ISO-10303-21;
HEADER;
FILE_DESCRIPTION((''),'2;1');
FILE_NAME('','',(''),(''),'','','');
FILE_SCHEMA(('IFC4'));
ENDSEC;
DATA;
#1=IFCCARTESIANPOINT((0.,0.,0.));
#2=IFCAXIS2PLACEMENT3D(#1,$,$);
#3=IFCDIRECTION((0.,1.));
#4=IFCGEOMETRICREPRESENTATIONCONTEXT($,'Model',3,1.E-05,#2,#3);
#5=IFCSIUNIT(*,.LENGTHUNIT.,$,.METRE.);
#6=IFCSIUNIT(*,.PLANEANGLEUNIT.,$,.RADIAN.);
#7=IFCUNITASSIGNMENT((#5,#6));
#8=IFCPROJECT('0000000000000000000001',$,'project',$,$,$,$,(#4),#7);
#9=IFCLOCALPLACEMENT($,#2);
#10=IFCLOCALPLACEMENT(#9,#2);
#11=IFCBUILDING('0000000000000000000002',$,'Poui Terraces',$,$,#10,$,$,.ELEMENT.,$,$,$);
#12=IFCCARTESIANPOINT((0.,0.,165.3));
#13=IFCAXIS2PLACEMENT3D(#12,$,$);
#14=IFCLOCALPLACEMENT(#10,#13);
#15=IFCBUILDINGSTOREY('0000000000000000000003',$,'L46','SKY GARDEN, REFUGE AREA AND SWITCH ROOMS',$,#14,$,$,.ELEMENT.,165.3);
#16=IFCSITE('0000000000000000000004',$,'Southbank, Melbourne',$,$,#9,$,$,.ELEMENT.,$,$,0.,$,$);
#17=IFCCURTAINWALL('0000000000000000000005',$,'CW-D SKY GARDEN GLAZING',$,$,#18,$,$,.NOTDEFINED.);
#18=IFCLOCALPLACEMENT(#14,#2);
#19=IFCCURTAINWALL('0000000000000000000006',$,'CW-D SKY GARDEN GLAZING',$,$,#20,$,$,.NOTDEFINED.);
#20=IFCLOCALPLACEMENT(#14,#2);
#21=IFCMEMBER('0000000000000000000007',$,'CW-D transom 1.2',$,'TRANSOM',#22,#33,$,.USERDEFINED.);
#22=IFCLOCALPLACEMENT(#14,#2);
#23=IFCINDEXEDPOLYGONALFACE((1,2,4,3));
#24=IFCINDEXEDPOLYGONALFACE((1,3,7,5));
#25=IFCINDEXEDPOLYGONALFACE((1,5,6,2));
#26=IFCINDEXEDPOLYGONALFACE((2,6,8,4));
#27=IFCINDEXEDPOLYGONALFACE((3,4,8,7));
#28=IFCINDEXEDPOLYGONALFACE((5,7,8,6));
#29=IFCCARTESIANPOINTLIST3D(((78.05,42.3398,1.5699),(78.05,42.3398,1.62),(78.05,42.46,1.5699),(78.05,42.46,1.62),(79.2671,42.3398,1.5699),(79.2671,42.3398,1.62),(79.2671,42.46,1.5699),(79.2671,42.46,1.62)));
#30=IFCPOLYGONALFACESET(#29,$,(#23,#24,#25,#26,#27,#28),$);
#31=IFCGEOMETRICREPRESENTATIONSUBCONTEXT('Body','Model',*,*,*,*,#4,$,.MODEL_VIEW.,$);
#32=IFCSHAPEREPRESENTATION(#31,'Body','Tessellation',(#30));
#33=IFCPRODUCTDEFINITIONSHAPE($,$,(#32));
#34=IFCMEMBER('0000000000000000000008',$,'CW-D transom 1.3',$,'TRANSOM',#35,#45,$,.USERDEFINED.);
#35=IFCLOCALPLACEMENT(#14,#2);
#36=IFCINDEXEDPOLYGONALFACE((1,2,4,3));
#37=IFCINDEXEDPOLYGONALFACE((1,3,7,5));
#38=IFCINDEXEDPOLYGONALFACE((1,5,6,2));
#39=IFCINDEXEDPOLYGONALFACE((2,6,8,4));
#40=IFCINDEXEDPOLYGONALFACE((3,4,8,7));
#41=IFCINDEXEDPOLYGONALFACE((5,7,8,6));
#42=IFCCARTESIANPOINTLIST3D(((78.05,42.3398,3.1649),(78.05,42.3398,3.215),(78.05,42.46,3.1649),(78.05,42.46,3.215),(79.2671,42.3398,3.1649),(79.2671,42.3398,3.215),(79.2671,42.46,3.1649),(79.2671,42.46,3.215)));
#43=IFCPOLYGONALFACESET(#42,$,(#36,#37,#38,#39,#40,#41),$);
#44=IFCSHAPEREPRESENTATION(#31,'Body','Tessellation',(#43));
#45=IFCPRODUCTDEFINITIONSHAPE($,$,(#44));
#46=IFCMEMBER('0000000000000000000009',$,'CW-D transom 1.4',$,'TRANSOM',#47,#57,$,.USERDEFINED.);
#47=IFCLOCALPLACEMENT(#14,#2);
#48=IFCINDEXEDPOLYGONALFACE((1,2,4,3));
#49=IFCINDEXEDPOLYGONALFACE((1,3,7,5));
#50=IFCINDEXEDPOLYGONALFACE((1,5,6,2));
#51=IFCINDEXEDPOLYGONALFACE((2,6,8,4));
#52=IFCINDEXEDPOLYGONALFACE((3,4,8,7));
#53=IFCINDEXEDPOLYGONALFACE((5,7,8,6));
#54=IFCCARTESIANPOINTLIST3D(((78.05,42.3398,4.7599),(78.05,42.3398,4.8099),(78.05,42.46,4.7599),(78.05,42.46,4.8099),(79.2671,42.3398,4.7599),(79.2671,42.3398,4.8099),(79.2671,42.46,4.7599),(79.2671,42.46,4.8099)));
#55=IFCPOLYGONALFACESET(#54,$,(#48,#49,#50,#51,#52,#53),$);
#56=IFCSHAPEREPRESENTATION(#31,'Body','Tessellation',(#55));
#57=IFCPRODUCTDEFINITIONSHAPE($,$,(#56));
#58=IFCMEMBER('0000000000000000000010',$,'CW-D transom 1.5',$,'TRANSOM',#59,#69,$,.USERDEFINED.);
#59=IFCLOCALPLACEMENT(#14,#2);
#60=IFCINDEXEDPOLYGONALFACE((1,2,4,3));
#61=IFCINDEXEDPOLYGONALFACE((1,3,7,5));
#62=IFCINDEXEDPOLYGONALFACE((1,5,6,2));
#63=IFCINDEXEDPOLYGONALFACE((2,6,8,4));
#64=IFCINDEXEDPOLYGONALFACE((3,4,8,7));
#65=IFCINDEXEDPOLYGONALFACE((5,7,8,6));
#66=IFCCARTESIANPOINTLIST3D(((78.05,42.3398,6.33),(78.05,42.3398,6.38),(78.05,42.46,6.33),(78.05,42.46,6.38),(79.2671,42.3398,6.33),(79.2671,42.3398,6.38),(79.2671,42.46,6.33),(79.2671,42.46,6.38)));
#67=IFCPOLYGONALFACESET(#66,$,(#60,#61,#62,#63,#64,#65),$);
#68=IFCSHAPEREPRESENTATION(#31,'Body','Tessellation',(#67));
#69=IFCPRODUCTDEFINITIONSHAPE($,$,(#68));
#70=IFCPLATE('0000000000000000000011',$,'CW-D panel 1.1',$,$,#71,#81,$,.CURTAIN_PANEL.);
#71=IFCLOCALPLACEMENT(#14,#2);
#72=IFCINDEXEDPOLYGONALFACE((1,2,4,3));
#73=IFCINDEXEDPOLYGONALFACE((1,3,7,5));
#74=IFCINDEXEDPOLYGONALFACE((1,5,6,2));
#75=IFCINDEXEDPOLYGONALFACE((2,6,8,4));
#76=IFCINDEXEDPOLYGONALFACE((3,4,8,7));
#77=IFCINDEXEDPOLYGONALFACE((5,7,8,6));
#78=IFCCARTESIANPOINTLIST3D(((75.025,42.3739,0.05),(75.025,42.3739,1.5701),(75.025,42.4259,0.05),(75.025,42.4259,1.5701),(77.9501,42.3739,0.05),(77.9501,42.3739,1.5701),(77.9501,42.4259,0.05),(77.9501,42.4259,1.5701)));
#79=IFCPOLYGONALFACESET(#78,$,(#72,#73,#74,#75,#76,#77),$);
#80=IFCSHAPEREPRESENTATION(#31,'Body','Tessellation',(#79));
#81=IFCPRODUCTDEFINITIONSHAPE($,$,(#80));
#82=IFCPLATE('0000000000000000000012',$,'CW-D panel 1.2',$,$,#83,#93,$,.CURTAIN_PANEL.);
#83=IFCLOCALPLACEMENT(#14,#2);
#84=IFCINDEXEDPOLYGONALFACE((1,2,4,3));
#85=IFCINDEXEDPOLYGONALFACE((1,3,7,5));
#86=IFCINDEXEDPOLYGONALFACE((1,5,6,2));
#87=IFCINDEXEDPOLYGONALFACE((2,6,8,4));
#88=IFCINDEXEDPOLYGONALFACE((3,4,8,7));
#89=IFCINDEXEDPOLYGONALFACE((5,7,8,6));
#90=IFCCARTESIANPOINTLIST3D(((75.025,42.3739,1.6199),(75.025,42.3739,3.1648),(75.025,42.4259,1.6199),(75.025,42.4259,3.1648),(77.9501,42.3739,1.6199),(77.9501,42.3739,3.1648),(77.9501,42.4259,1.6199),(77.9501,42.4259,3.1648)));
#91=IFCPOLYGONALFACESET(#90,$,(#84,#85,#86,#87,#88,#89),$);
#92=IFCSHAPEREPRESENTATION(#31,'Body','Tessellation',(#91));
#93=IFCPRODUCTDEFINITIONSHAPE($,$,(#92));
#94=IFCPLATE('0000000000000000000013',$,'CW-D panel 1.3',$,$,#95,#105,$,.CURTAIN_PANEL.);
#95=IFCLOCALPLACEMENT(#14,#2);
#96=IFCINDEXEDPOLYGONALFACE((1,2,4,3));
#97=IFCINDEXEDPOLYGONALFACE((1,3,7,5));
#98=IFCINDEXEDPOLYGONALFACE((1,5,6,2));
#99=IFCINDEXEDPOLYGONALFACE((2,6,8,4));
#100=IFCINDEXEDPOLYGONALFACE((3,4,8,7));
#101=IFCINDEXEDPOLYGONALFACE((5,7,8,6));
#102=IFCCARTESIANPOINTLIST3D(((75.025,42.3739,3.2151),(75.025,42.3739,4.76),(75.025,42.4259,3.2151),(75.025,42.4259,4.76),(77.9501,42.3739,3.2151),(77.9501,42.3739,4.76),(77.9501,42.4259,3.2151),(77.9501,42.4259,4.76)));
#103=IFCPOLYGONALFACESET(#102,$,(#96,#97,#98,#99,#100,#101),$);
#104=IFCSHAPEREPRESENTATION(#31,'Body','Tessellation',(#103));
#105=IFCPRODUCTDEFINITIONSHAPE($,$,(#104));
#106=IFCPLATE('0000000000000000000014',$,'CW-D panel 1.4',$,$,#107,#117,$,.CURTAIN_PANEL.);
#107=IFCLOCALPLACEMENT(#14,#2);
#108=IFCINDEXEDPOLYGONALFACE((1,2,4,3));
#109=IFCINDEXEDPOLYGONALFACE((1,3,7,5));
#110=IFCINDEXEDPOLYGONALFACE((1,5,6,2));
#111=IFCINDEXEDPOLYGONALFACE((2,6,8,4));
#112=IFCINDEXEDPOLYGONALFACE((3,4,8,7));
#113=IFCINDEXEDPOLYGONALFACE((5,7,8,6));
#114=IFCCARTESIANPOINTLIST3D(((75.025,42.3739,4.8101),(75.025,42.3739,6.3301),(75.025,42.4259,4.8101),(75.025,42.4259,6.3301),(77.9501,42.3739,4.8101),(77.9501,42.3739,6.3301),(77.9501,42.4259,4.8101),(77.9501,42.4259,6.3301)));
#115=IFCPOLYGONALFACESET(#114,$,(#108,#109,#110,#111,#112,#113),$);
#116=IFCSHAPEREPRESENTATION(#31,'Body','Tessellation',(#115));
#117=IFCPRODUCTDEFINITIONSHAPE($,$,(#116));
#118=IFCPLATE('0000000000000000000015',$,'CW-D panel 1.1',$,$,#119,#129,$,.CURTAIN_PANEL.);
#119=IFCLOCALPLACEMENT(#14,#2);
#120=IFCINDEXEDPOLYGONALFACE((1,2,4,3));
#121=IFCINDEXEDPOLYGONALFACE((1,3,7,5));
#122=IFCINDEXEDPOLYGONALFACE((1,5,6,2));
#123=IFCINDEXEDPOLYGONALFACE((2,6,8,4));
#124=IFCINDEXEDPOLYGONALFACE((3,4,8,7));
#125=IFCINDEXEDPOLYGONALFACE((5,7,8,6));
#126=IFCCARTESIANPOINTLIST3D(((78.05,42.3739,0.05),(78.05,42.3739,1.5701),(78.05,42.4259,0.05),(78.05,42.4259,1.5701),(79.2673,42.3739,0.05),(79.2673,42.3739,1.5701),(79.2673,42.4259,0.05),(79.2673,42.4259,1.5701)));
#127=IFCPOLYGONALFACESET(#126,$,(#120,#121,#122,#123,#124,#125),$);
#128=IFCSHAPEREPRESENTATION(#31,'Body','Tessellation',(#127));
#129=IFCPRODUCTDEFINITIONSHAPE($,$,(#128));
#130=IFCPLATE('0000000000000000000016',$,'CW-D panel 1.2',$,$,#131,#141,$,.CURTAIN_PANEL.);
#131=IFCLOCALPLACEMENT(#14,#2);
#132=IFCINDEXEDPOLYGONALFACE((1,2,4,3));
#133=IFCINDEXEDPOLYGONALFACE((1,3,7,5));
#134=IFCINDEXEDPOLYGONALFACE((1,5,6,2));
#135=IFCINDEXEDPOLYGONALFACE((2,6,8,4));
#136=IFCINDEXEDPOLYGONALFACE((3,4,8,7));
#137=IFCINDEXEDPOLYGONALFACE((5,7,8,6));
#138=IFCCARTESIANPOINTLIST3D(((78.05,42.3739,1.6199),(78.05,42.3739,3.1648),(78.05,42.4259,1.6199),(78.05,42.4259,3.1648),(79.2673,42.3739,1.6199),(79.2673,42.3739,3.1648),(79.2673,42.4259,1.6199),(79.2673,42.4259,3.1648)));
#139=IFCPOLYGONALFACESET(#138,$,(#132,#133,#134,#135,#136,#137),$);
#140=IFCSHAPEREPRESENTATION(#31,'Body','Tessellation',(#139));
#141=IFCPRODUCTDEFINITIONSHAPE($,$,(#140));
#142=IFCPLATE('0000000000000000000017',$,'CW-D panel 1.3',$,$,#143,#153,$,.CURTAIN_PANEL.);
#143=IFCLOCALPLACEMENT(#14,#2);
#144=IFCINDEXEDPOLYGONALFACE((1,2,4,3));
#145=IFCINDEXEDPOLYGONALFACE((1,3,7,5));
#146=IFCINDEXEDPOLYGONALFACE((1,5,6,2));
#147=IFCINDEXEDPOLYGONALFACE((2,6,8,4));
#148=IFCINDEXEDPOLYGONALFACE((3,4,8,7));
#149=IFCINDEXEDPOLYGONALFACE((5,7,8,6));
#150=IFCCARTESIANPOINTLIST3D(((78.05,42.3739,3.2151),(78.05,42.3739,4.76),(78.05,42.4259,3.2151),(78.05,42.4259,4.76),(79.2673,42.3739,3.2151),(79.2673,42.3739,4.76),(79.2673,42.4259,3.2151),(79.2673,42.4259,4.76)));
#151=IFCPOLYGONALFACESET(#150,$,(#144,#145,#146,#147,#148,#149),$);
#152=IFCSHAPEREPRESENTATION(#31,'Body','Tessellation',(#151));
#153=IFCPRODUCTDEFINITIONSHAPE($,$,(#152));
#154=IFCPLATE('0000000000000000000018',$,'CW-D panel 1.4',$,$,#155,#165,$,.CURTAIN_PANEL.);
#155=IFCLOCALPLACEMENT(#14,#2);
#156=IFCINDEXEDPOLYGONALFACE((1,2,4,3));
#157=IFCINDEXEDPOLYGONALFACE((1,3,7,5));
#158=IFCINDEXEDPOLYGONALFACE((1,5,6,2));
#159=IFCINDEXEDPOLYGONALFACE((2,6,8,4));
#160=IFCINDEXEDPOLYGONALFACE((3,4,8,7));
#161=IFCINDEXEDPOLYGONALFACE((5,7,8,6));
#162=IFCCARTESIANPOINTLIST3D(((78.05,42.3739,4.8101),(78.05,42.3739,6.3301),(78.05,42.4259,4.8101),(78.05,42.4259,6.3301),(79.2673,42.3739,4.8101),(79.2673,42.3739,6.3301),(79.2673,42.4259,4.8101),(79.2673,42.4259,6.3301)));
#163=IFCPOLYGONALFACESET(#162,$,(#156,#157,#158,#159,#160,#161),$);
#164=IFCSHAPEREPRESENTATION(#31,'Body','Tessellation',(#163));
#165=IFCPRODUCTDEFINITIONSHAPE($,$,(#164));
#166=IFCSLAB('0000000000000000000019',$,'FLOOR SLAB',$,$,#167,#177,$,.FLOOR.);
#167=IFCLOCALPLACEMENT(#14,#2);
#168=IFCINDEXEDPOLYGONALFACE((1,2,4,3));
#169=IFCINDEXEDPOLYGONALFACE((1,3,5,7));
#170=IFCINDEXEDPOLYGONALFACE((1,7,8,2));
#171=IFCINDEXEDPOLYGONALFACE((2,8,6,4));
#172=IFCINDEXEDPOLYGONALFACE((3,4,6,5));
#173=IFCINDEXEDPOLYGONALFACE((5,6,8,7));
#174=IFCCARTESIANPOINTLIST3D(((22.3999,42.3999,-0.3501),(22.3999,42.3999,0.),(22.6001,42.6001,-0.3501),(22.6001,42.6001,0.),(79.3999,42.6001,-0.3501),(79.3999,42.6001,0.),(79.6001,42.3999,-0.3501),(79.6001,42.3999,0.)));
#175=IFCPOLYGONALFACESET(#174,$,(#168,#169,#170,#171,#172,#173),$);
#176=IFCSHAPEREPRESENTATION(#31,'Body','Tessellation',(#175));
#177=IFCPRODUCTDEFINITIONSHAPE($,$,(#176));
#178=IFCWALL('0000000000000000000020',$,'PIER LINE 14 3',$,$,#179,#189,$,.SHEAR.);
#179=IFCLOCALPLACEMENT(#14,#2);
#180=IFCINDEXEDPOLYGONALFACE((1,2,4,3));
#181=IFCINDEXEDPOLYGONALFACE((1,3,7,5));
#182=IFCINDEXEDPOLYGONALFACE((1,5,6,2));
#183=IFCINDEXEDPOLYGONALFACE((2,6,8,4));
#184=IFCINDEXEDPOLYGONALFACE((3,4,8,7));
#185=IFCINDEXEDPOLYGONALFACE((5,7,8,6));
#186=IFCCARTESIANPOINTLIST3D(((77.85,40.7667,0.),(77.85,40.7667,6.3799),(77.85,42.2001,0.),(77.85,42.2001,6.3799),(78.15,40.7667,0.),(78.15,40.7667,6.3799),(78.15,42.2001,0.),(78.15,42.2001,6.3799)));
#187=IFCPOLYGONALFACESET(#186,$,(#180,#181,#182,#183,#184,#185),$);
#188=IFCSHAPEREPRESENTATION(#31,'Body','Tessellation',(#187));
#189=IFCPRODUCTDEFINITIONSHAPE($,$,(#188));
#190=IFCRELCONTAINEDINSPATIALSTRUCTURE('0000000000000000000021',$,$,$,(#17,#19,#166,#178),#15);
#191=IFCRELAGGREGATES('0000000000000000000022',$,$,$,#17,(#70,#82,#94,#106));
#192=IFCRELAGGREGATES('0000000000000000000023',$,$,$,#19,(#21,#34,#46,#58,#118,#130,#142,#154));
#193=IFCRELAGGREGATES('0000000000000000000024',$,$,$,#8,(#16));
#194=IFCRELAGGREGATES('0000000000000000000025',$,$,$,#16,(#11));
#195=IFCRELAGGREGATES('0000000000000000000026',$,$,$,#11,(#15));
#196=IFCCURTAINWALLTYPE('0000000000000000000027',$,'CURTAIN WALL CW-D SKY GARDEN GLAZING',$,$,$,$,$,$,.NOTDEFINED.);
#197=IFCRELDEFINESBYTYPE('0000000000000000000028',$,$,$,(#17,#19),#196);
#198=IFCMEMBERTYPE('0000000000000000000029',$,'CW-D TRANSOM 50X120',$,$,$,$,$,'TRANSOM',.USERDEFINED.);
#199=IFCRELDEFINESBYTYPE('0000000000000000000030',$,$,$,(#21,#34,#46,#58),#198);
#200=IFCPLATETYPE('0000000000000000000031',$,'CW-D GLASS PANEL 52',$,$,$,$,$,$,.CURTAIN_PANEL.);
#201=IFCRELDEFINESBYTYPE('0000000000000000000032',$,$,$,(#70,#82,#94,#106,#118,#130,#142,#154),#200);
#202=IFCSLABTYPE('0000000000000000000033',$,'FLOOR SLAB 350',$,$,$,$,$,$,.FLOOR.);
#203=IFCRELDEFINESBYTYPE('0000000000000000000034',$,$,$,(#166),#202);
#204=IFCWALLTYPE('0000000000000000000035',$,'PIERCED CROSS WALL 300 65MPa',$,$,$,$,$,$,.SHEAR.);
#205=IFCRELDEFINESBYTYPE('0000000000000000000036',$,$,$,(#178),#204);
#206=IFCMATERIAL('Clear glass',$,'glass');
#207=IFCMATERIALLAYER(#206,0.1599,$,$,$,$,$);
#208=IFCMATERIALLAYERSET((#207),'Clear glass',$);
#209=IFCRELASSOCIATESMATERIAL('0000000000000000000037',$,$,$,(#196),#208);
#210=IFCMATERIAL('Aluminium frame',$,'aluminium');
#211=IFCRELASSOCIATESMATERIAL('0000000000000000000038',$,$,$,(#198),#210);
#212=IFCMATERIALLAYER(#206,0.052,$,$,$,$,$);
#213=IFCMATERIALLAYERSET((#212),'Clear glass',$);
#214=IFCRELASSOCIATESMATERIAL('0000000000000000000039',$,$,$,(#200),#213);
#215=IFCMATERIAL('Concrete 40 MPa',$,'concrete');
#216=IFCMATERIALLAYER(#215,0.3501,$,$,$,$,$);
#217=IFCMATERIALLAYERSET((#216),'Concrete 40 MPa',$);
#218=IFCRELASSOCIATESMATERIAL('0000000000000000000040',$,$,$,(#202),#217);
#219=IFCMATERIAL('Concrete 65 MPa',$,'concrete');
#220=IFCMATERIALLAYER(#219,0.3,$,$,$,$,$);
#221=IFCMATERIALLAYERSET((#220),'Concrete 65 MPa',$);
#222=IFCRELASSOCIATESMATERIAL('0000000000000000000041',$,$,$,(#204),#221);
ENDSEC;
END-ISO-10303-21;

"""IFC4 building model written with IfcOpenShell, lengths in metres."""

from ifc_helpers import new_model, si_unit, direction, frame, frame_2d, origin, origin_2d, place, context, subcontext, project, spatial, polyline, rectangle, outline, extrude, source, transform, mapped, material, layer, layer_set, material_profile, profile_set, type_object, element, aggregate, save


model = new_model("IFC4")

# Units and contexts
model_context = context("Model", 3, precision=1e-05, world=origin(), true_north=direction((0.0, 1.0)))
body_context = subcontext(model_context, "Body", "Model", "MODEL_VIEW")
ifc_project = project(units=[si_unit("LENGTHUNIT", "METRE"), si_unit("PLANEANGLEUNIT", "RADIAN")], contexts=[model_context])

# Site, building, storey
site_placement = place(None, origin())
site = spatial("IfcSite", under=ifc_project, at=site_placement, Name="Southbank, Melbourne", CompositionType="ELEMENT", RefElevation=0.0)
building_placement = place(site_placement, origin())
building = spatial("IfcBuilding", under=site, at=building_placement, Name="Poui Terraces", CompositionType="ELEMENT")
storey_placement = place(building_placement, frame((0.0, 0.0, 165.3)))
storey = spatial("IfcBuildingStorey", under=building, at=storey_placement, Name="L46", Description="SKY GARDEN, REFUGE AREA AND SWITCH ROOMS", CompositionType="ELEMENT", Elevation=165.3)

# Curtain walls
ifc_material_1 = material(Name="Clear glass", Category="glass")
ifc_layer_1 = layer(ifc_material_1, 0.1599)
ifc_layer_set_1 = layer_set([ifc_layer_1], Name="Clear glass")
curtain_wall_type = type_object("IfcCurtainWallType", Name="CURTAIN WALL CW-D SKY GARDEN GLAZING", PredefinedType="NOTDEFINED", material=ifc_layer_set_1)
curtain_wall_1_placement = place(storey_placement, origin())
curtain_wall_1 = element("IfcCurtainWall", 1, at=curtain_wall_1_placement, inside=storey, type_object=curtain_wall_type, Name="CW-D SKY GARDEN GLAZING", PredefinedType="NOTDEFINED")
ifc_material_2 = material(Name="Aluminium frame", Category="aluminium")
curtain_wall_2_placement = place(storey_placement, origin())
curtain_wall_2 = element("IfcCurtainWall", 2, at=curtain_wall_2_placement, inside=storey, type_object=curtain_wall_type, Name="CW-D SKY GARDEN GLAZING", PredefinedType="NOTDEFINED")

# Members
ifc_material_profile_1 = material_profile(ifc_material_2, rectangle(XDim=0.1201, YDim=0.05, at=origin_2d()), Name="CW-D TRANSOM 50X120")
ifc_profile_set_1 = profile_set([ifc_material_profile_1], Name="Aluminium frame")
member_type_1 = type_object("IfcMemberType", Name="CW-D TRANSOM 50X120", ElementType="TRANSOM", PredefinedType="USERDEFINED", material=ifc_profile_set_1)
member_1_placement = place(storey_placement, frame((79.2671, 42.3999, 1.595), z_axis=(-1.0, 0.0, 0.0), x_axis=(0.0, -1.0, 0.0)))
member_1 = element("IfcMember", 3, at=member_1_placement, type_object=member_type_1, Name="CW-D transom 1.2", ObjectType="TRANSOM", PredefinedType="USERDEFINED", context=body_context, shape_type="SweptSolid", body=[
    extrude(rectangle(XDim=0.1201, YDim=0.05, at=origin_2d()), origin(), (0.0, 0.0, 1.0), 1.217),
])
member_2_placement = place(storey_placement, frame((79.2671, 42.3999, 3.1899), z_axis=(-1.0, 0.0, 0.0), x_axis=(0.0, -1.0, 0.0)))
member_2 = element("IfcMember", 4, at=member_2_placement, type_object=member_type_1, Name="CW-D transom 1.3", ObjectType="TRANSOM", PredefinedType="USERDEFINED", context=body_context, shape_type="SweptSolid", body=[
    extrude(rectangle(XDim=0.1201, YDim=0.05, at=origin_2d()), origin(), (0.0, 0.0, 1.0), 1.217),
])
member_3_placement = place(storey_placement, frame((79.2671, 42.3999, 4.7849), z_axis=(-1.0, 0.0, 0.0), x_axis=(0.0, -1.0, 0.0)))
member_3 = element("IfcMember", 5, at=member_3_placement, type_object=member_type_1, Name="CW-D transom 1.4", ObjectType="TRANSOM", PredefinedType="USERDEFINED", context=body_context, shape_type="SweptSolid", body=[
    extrude(rectangle(XDim=0.1201, YDim=0.05, at=origin_2d()), origin(), (0.0, 0.0, 1.0), 1.217),
])
member_4_placement = place(storey_placement, frame((79.2671, 42.3999, 6.355), z_axis=(-1.0, 0.0, 0.0), x_axis=(0.0, -1.0, 0.0)))
member_4 = element("IfcMember", 6, at=member_4_placement, type_object=member_type_1, Name="CW-D transom 1.5", ObjectType="TRANSOM", PredefinedType="USERDEFINED", context=body_context, shape_type="SweptSolid", body=[
    extrude(rectangle(XDim=0.1201, YDim=0.05, at=origin_2d()), origin(), (0.0, 0.0, 1.0), 1.217),
])

# Plates
ifc_layer_2 = layer(ifc_material_1, 0.052)
ifc_layer_set_2 = layer_set([ifc_layer_2], Name="Clear glass")
plate_type = type_object("IfcPlateType", Name="CW-D GLASS PANEL 52", PredefinedType="CURTAIN_PANEL", material=ifc_layer_set_2)
plate_1_placement = place(storey_placement, frame((76.4875, 42.3999, 0.05), z_axis=(0.0, 0.0, 1.0), x_axis=(-1.0, 0.0, 0.0)))
plate_1 = element("IfcPlate", 7, at=plate_1_placement, type_object=plate_type, Name="CW-D panel 1.1", PredefinedType="CURTAIN_PANEL", context=body_context, shape_type="SweptSolid", body=[
    extrude(rectangle(XDim=2.925, YDim=0.052, at=origin_2d()), origin(), (0.0, 0.0, 1.0), 1.52),
])
plate_2_placement = place(storey_placement, frame((76.4875, 42.3999, 1.6199), z_axis=(0.0, 0.0, 1.0), x_axis=(-1.0, 0.0, 0.0)))
plate_2 = element("IfcPlate", 8, at=plate_2_placement, type_object=plate_type, Name="CW-D panel 1.2", PredefinedType="CURTAIN_PANEL", context=body_context, shape_type="SweptSolid", body=[
    extrude(rectangle(XDim=2.925, YDim=0.052, at=origin_2d()), origin(), (0.0, 0.0, 1.0), 1.5449),
])
plate_3_placement = place(storey_placement, frame((76.4875, 42.3999, 3.2151), z_axis=(0.0, 0.0, 1.0), x_axis=(-1.0, 0.0, 0.0)))
plate_3 = element("IfcPlate", 9, at=plate_3_placement, type_object=plate_type, Name="CW-D panel 1.3", PredefinedType="CURTAIN_PANEL", context=body_context, shape_type="SweptSolid", body=[
    extrude(rectangle(XDim=2.925, YDim=0.052, at=origin_2d()), origin(), (0.0, 0.0, 1.0), 1.5449),
])
plate_4_placement = place(storey_placement, frame((76.4875, 42.3999, 4.8101), z_axis=(0.0, 0.0, 1.0), x_axis=(-1.0, 0.0, 0.0)))
plate_4 = element("IfcPlate", 10, at=plate_4_placement, type_object=plate_type, Name="CW-D panel 1.4", PredefinedType="CURTAIN_PANEL", context=body_context, shape_type="SweptSolid", body=[
    extrude(rectangle(XDim=2.925, YDim=0.052, at=origin_2d()), origin(), (0.0, 0.0, 1.0), 1.52),
])
aggregate(curtain_wall_1, [plate_1, plate_2, plate_3, plate_4])
plate_5_placement = place(storey_placement, frame((78.6587, 42.3999, 0.05), z_axis=(0.0, 0.0, 1.0), x_axis=(-1.0, 0.0, 0.0)))
plate_5 = element("IfcPlate", 11, at=plate_5_placement, type_object=plate_type, Name="CW-D panel 1.1", PredefinedType="CURTAIN_PANEL", context=body_context, shape_type="SweptSolid", body=[
    extrude(rectangle(XDim=1.2173, YDim=0.052, at=origin_2d()), origin(), (0.0, 0.0, 1.0), 1.52),
])
plate_6_placement = place(storey_placement, frame((78.6587, 42.3999, 1.6199), z_axis=(0.0, 0.0, 1.0), x_axis=(-1.0, 0.0, 0.0)))
plate_6 = element("IfcPlate", 12, at=plate_6_placement, type_object=plate_type, Name="CW-D panel 1.2", PredefinedType="CURTAIN_PANEL", context=body_context, shape_type="SweptSolid", body=[
    extrude(rectangle(XDim=1.2173, YDim=0.052, at=origin_2d()), origin(), (0.0, 0.0, 1.0), 1.5449),
])
plate_7_placement = place(storey_placement, frame((78.6587, 42.3999, 3.2151), z_axis=(0.0, 0.0, 1.0), x_axis=(-1.0, 0.0, 0.0)))
plate_7 = element("IfcPlate", 13, at=plate_7_placement, type_object=plate_type, Name="CW-D panel 1.3", PredefinedType="CURTAIN_PANEL", context=body_context, shape_type="SweptSolid", body=[
    extrude(rectangle(XDim=1.2173, YDim=0.052, at=origin_2d()), origin(), (0.0, 0.0, 1.0), 1.5449),
])
plate_8_placement = place(storey_placement, frame((78.6587, 42.3999, 4.8101), z_axis=(0.0, 0.0, 1.0), x_axis=(-1.0, 0.0, 0.0)))
plate_8 = element("IfcPlate", 14, at=plate_8_placement, type_object=plate_type, Name="CW-D panel 1.4", PredefinedType="CURTAIN_PANEL", context=body_context, shape_type="SweptSolid", body=[
    extrude(rectangle(XDim=1.2173, YDim=0.052, at=origin_2d()), origin(), (0.0, 0.0, 1.0), 1.52),
])
aggregate(curtain_wall_2, [member_1, member_2, member_3, member_4, plate_5, plate_6, plate_7, plate_8])

# Slab
ifc_material_3 = material(Name="Concrete 40 MPa", Category="concrete")
ifc_layer_3 = layer(ifc_material_3, 0.3501)
ifc_layer_set_3 = layer_set([ifc_layer_3], Name="Concrete 40 MPa")
slab_type = type_object("IfcSlabType", Name="FLOOR SLAB 350", PredefinedType="FLOOR", material=ifc_layer_set_3)
shared_shape = source(origin(), body_context, "Body", "SweptSolid", [
    extrude(outline(polyline([(0.0, 0.0), (-56.7998, 0.0), (-57.0, -0.2002), (0.2002, -0.2002), (0.0, 0.0)])), origin(), (0.0, 0.0, 1.0), 0.3501),
])
slab_placement = place(storey_placement, frame((79.3999, 42.6001, -0.3501)))
element("IfcSlab", 15, at=slab_placement, inside=storey, type_object=slab_type, Name="FLOOR SLAB", PredefinedType="FLOOR", context=body_context, shape_type="MappedRepresentation", body=[
    mapped(shared_shape, transform((0.0, 0.0, 0.0))),
])

# Wall
ifc_material_4 = material(Name="Concrete 65 MPa", Category="concrete")
ifc_layer_4 = layer(ifc_material_4, 0.3)
ifc_layer_set_4 = layer_set([ifc_layer_4], Name="Concrete 65 MPa")
wall_type = type_object("IfcWallType", Name="PIERCED CROSS WALL 300 65MPa", PredefinedType="SHEAR", material=ifc_layer_set_4)
wall_placement = place(storey_placement, frame((78.0, 40.7666, 0.0), z_axis=(0.0, 0.0, 1.0), x_axis=(0.0, 1.0, 0.0)))
element("IfcWall", 16, at=wall_placement, inside=storey, type_object=wall_type, Name="PIER LINE 14 3", PredefinedType="SHEAR", context=body_context, shape_type="SweptSolid", body=[
    extrude(rectangle(XDim=1.4333, YDim=0.3, at=frame_2d((0.7168, 0.0))), origin(), (0.0, 0.0, 1.0), 6.3799),
])

save(model, "model.ifc")
